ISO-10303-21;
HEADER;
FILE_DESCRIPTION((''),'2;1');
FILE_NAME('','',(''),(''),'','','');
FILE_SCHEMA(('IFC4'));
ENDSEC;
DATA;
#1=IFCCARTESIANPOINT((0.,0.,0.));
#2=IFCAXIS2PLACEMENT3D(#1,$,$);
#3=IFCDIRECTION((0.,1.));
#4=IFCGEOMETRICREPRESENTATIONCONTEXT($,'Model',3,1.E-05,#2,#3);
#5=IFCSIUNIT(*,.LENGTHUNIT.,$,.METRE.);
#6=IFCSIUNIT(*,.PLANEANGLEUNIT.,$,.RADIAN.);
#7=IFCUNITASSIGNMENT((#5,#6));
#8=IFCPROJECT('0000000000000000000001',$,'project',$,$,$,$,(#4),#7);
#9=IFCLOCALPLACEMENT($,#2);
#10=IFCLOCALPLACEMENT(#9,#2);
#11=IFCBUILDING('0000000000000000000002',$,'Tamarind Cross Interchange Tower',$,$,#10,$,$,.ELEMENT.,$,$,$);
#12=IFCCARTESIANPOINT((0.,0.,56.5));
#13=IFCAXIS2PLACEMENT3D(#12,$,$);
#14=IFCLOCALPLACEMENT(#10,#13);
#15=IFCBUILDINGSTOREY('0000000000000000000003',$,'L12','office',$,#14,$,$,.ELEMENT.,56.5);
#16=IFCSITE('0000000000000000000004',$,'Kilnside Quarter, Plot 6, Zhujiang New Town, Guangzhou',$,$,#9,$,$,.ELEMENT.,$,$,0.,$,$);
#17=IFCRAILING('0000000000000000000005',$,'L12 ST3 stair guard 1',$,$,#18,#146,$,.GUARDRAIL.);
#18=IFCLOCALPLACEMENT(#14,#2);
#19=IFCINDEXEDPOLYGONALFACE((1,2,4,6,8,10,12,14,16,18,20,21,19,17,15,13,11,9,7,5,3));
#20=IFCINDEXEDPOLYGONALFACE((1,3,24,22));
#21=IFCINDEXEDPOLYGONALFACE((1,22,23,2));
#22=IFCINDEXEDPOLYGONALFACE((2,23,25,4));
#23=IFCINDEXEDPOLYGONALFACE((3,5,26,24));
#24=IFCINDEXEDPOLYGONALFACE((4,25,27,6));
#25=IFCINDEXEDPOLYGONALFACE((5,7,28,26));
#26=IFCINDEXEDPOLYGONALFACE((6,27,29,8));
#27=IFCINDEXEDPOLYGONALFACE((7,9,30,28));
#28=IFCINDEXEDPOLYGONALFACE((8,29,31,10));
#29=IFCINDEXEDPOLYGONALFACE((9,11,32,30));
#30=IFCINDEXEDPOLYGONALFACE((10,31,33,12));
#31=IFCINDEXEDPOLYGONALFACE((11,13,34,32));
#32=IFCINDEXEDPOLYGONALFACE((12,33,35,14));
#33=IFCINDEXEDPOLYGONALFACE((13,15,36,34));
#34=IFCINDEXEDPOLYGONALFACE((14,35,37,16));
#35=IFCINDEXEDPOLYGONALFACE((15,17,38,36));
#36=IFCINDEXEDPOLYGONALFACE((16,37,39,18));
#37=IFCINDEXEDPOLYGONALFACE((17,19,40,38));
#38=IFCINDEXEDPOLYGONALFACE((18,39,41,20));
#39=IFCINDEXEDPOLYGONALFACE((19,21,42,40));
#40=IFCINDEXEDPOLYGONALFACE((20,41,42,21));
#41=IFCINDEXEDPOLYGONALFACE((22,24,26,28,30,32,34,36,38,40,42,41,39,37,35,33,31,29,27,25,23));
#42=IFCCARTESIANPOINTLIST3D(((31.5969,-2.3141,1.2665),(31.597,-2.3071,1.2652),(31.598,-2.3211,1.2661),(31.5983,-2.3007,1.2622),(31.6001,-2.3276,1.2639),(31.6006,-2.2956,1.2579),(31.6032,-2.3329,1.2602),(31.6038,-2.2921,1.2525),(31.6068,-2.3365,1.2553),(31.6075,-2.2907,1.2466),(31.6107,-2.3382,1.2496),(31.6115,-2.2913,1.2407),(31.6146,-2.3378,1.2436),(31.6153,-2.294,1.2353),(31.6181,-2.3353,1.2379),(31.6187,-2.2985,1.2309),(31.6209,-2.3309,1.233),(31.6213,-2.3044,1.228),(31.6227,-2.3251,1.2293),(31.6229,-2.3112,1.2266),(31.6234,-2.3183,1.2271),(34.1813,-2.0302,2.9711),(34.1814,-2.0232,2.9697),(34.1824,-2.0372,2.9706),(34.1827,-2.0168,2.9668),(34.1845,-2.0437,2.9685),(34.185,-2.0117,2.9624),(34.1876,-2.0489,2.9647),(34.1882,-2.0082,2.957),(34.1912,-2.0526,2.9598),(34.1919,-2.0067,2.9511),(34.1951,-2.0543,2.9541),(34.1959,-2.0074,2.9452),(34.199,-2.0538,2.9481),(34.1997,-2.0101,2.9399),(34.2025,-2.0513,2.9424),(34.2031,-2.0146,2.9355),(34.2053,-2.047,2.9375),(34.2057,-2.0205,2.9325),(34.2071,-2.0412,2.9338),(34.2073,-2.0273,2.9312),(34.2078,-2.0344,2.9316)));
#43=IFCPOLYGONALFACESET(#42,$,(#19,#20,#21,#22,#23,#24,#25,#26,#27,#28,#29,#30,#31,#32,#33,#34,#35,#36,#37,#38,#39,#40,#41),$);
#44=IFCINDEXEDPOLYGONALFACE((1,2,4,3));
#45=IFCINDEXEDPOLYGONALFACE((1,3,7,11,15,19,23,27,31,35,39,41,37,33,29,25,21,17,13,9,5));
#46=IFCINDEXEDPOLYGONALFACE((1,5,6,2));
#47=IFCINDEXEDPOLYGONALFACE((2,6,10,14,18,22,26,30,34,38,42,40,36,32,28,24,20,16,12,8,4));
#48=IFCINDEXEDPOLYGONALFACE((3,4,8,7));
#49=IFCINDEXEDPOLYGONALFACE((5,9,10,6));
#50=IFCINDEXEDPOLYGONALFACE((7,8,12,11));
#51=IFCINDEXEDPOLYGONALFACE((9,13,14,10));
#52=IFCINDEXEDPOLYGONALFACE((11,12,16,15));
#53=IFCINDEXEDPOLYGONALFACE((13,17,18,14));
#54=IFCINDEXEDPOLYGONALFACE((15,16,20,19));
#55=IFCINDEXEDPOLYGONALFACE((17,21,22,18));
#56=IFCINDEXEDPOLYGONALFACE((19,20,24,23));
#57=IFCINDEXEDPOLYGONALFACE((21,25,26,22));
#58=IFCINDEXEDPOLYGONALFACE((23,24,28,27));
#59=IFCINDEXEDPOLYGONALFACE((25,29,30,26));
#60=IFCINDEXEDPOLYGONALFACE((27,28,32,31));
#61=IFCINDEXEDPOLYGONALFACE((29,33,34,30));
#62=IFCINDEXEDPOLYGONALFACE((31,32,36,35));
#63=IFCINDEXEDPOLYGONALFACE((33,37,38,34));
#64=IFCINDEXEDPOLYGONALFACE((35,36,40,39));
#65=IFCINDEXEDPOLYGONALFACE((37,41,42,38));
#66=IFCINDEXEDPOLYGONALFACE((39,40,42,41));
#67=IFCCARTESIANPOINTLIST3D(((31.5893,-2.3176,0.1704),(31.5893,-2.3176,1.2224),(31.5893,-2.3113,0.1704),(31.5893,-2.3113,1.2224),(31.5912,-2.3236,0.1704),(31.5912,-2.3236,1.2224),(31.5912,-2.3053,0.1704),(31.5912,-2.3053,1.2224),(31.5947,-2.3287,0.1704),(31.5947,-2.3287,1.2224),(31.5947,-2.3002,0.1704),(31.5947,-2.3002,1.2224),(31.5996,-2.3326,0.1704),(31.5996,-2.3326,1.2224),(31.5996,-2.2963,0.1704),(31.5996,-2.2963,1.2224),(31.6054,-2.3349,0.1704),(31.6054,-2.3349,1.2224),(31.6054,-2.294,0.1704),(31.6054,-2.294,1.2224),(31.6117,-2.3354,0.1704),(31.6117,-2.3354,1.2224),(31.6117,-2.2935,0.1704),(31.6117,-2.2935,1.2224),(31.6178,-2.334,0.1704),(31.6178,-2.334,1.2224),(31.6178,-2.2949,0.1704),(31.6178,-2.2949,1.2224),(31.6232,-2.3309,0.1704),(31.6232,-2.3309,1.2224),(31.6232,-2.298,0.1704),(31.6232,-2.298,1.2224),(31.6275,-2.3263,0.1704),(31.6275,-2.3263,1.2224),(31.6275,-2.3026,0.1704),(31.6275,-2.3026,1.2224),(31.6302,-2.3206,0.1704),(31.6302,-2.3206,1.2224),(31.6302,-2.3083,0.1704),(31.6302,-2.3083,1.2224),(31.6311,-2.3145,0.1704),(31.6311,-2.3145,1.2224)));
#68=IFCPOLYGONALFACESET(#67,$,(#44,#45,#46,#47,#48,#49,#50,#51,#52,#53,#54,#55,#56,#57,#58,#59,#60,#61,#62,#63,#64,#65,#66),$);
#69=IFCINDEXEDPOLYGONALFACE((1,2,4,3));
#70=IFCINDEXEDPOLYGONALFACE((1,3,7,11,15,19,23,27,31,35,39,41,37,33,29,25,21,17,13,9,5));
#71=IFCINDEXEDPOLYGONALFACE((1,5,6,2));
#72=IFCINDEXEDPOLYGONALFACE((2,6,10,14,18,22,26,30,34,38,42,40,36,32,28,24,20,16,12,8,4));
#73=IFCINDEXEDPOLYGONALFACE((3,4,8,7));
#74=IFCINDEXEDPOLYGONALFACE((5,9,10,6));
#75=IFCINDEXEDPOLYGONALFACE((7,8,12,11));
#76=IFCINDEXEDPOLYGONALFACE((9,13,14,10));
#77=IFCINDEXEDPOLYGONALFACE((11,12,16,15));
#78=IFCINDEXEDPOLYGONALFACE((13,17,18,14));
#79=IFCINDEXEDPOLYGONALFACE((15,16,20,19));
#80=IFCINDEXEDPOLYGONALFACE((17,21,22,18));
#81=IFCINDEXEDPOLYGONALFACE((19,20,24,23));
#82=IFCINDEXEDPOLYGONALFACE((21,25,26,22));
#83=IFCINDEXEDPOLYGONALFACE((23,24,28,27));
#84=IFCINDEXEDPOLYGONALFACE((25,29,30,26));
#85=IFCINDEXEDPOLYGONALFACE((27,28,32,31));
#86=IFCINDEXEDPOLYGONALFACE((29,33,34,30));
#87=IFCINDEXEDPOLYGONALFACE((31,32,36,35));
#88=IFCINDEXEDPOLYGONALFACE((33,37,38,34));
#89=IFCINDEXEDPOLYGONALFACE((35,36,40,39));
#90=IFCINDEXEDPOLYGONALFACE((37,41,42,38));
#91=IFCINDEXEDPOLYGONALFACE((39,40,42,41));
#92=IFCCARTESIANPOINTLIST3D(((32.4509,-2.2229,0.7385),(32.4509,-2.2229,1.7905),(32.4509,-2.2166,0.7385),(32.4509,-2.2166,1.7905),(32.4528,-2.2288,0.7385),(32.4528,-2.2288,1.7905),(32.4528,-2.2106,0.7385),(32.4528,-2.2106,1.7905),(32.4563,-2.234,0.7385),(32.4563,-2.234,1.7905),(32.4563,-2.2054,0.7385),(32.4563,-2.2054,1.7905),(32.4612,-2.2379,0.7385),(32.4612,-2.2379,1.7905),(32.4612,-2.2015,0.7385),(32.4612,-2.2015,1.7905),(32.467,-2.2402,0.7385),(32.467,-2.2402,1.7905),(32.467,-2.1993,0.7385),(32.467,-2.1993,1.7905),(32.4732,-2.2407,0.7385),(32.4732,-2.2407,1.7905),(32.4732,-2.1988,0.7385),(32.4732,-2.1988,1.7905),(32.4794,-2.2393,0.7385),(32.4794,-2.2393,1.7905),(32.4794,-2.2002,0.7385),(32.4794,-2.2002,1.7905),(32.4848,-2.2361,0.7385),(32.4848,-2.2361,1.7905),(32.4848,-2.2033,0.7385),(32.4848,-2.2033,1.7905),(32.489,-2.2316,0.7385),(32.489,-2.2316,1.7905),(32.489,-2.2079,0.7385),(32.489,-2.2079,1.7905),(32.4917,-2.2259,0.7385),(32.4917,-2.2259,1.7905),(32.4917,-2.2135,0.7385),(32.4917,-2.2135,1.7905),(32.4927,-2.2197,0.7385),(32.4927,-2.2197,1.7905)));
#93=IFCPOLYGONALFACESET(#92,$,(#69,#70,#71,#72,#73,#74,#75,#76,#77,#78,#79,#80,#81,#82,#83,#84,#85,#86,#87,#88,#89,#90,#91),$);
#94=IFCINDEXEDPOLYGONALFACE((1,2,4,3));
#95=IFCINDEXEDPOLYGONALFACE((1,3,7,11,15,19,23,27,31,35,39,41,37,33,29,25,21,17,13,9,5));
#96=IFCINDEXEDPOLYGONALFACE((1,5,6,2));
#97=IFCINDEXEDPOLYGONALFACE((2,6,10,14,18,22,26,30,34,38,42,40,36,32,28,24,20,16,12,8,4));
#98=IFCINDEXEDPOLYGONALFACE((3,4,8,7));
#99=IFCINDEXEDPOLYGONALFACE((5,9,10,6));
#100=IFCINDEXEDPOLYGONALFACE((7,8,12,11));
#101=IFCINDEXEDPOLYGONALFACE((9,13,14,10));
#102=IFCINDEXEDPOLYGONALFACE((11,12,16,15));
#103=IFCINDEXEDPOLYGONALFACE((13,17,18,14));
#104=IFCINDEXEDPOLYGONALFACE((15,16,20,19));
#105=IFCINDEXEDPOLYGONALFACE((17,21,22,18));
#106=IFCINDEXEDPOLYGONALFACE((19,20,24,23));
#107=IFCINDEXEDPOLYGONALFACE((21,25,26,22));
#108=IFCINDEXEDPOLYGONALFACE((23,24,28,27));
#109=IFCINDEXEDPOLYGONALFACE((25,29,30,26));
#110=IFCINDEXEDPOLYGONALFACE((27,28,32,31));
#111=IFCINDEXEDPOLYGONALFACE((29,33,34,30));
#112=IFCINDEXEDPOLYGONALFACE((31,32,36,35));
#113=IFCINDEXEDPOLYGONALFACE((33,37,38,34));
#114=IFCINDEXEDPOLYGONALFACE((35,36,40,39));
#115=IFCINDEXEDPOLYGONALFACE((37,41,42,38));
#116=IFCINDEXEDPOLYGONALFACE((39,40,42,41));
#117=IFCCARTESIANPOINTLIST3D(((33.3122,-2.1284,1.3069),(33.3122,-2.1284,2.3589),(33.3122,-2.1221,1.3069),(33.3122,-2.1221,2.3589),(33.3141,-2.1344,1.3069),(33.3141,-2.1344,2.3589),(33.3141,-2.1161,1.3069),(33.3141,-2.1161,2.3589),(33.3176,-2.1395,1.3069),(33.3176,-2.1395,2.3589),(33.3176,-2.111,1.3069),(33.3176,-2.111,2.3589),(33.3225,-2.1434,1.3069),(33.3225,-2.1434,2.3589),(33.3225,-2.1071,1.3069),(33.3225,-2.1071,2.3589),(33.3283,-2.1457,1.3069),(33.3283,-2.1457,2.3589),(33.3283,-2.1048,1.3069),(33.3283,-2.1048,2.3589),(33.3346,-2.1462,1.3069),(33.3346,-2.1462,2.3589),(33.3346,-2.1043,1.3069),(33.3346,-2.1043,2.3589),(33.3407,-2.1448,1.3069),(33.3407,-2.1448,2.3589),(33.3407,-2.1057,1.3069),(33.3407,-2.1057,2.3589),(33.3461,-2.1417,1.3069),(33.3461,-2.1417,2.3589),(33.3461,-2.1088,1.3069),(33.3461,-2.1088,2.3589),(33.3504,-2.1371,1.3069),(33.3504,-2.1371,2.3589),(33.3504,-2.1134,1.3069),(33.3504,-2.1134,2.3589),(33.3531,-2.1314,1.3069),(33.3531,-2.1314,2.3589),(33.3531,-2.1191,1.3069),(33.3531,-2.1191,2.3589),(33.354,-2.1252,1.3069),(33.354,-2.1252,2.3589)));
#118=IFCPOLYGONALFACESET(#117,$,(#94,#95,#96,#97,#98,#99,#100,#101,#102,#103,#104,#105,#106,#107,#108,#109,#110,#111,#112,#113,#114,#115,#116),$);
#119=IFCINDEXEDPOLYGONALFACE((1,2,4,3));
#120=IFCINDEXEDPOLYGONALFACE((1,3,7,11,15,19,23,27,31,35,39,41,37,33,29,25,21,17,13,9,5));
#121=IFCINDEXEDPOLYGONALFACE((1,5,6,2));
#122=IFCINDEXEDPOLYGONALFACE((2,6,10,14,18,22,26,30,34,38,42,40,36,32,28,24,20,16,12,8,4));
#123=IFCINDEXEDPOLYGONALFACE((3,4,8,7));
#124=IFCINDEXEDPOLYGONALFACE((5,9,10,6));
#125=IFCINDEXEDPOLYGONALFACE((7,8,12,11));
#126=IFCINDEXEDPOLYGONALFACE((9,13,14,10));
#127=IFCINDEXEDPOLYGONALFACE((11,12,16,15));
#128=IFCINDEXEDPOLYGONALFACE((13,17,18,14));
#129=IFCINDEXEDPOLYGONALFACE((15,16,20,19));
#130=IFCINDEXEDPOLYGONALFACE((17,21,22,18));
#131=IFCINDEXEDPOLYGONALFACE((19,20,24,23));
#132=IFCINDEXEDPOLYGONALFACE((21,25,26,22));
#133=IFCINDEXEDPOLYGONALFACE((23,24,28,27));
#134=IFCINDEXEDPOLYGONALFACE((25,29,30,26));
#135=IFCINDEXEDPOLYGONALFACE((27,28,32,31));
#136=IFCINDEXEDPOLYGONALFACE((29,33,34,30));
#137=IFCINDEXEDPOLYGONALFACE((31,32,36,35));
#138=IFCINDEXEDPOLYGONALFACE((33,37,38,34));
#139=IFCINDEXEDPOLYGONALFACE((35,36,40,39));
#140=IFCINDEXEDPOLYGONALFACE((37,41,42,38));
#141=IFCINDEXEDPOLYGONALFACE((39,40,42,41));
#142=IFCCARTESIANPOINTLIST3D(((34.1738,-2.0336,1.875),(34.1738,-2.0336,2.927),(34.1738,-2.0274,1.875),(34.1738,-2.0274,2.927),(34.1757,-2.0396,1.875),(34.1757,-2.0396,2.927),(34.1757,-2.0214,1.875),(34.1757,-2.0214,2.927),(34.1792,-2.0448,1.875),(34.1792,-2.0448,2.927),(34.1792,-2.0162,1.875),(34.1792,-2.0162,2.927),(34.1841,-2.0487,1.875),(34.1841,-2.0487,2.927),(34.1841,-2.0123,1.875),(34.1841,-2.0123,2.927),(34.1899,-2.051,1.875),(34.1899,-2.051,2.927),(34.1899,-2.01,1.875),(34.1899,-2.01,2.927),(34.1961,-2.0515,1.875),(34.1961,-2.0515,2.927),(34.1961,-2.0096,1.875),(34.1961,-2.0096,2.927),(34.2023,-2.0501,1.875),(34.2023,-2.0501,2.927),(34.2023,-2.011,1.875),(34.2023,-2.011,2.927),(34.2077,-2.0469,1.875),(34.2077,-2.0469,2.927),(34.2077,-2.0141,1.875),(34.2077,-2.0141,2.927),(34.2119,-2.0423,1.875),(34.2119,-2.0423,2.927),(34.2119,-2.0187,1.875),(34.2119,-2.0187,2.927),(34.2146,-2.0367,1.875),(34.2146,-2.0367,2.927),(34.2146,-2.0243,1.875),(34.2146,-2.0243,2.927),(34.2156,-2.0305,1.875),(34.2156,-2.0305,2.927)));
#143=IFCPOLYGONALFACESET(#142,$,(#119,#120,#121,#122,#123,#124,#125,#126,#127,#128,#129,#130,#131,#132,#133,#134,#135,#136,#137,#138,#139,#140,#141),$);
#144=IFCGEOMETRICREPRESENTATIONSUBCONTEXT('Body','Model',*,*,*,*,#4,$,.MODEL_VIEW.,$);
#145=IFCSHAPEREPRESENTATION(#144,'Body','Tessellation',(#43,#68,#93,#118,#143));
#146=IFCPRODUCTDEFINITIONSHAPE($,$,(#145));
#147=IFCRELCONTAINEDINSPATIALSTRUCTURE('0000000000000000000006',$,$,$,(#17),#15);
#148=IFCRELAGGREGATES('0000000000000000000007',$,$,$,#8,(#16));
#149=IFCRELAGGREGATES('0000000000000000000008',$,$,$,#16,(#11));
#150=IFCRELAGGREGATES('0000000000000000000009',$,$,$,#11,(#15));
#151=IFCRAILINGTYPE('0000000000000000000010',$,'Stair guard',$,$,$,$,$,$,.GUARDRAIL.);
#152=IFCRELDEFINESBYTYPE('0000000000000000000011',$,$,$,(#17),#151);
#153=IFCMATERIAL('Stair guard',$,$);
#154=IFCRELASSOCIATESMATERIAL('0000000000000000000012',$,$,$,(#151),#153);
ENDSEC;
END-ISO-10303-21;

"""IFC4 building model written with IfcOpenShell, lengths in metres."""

from ifc_helpers import new_model, si_unit, direction, frame, origin, origin_2d, place, context, subcontext, project, spatial, circle, extrude, material, type_object, element, save


model = new_model("IFC4")

# Units and contexts
model_context = context("Model", 3, precision=1e-05, world=origin(), true_north=direction((0.0, 1.0)))
body_context = subcontext(model_context, "Body", "Model", "MODEL_VIEW")
ifc_project = project(units=[si_unit("LENGTHUNIT", "METRE"), si_unit("PLANEANGLEUNIT", "RADIAN")], contexts=[model_context])

# Site, building, storey
site_placement = place(None, origin())
site = spatial("IfcSite", under=ifc_project, at=site_placement, Name="Kilnside Quarter, Plot 6, Zhujiang New Town, Guangzhou", CompositionType="ELEMENT", RefElevation=0.0)
building_placement = place(site_placement, origin())
building = spatial("IfcBuilding", under=site, at=building_placement, Name="Tamarind Cross Interchange Tower", CompositionType="ELEMENT")
storey_placement = place(building_placement, frame((0.0, 0.0, 56.5)))
storey = spatial("IfcBuildingStorey", under=building, at=storey_placement, Name="L12", Description="office", CompositionType="ELEMENT", Elevation=56.5)

# Railing
ifc_material_1 = material(Name="Stair guard")
railing_type_1 = type_object("IfcRailingType", Name="Stair guard", PredefinedType="GUARDRAIL", material=ifc_material_1)
railing_1_placement = place(storey_placement, frame((31.6101, -2.3145, 0.1704)))
element("IfcRailing", 1, at=railing_1_placement, inside=storey, type_object=railing_type_1, Name="L12 ST3 stair guard 1", PredefinedType="GUARDRAIL", context=body_context, shape_type="SweptSolid", body=[
    extrude(circle(Radius=0.0239, at=origin_2d()), frame((0.0, 0.0, 1.0762), z_axis=(0.831293, 0.091328, 0.54828), x_axis=(-0.109205, 0.994019, 0.0)), (0.0, 0.0, 1.0), 3.1089),
    extrude(circle(Radius=0.021, at=origin_2d()), origin(), (0.0, 0.0, 1.0), 1.052),
    extrude(circle(Radius=0.021, at=origin_2d()), frame((0.8616, 0.0947, 0.5681)), (0.0, 0.0, 1.0), 1.052),
    extrude(circle(Radius=0.021, at=origin_2d()), frame((1.7229, 0.1892, 1.1365)), (0.0, 0.0, 1.0), 1.052),
    extrude(circle(Radius=0.021, at=origin_2d()), frame((2.5845, 0.2839, 1.7046)), (0.0, 0.0, 1.0), 1.052),
])

save(model, "model.ifc")
